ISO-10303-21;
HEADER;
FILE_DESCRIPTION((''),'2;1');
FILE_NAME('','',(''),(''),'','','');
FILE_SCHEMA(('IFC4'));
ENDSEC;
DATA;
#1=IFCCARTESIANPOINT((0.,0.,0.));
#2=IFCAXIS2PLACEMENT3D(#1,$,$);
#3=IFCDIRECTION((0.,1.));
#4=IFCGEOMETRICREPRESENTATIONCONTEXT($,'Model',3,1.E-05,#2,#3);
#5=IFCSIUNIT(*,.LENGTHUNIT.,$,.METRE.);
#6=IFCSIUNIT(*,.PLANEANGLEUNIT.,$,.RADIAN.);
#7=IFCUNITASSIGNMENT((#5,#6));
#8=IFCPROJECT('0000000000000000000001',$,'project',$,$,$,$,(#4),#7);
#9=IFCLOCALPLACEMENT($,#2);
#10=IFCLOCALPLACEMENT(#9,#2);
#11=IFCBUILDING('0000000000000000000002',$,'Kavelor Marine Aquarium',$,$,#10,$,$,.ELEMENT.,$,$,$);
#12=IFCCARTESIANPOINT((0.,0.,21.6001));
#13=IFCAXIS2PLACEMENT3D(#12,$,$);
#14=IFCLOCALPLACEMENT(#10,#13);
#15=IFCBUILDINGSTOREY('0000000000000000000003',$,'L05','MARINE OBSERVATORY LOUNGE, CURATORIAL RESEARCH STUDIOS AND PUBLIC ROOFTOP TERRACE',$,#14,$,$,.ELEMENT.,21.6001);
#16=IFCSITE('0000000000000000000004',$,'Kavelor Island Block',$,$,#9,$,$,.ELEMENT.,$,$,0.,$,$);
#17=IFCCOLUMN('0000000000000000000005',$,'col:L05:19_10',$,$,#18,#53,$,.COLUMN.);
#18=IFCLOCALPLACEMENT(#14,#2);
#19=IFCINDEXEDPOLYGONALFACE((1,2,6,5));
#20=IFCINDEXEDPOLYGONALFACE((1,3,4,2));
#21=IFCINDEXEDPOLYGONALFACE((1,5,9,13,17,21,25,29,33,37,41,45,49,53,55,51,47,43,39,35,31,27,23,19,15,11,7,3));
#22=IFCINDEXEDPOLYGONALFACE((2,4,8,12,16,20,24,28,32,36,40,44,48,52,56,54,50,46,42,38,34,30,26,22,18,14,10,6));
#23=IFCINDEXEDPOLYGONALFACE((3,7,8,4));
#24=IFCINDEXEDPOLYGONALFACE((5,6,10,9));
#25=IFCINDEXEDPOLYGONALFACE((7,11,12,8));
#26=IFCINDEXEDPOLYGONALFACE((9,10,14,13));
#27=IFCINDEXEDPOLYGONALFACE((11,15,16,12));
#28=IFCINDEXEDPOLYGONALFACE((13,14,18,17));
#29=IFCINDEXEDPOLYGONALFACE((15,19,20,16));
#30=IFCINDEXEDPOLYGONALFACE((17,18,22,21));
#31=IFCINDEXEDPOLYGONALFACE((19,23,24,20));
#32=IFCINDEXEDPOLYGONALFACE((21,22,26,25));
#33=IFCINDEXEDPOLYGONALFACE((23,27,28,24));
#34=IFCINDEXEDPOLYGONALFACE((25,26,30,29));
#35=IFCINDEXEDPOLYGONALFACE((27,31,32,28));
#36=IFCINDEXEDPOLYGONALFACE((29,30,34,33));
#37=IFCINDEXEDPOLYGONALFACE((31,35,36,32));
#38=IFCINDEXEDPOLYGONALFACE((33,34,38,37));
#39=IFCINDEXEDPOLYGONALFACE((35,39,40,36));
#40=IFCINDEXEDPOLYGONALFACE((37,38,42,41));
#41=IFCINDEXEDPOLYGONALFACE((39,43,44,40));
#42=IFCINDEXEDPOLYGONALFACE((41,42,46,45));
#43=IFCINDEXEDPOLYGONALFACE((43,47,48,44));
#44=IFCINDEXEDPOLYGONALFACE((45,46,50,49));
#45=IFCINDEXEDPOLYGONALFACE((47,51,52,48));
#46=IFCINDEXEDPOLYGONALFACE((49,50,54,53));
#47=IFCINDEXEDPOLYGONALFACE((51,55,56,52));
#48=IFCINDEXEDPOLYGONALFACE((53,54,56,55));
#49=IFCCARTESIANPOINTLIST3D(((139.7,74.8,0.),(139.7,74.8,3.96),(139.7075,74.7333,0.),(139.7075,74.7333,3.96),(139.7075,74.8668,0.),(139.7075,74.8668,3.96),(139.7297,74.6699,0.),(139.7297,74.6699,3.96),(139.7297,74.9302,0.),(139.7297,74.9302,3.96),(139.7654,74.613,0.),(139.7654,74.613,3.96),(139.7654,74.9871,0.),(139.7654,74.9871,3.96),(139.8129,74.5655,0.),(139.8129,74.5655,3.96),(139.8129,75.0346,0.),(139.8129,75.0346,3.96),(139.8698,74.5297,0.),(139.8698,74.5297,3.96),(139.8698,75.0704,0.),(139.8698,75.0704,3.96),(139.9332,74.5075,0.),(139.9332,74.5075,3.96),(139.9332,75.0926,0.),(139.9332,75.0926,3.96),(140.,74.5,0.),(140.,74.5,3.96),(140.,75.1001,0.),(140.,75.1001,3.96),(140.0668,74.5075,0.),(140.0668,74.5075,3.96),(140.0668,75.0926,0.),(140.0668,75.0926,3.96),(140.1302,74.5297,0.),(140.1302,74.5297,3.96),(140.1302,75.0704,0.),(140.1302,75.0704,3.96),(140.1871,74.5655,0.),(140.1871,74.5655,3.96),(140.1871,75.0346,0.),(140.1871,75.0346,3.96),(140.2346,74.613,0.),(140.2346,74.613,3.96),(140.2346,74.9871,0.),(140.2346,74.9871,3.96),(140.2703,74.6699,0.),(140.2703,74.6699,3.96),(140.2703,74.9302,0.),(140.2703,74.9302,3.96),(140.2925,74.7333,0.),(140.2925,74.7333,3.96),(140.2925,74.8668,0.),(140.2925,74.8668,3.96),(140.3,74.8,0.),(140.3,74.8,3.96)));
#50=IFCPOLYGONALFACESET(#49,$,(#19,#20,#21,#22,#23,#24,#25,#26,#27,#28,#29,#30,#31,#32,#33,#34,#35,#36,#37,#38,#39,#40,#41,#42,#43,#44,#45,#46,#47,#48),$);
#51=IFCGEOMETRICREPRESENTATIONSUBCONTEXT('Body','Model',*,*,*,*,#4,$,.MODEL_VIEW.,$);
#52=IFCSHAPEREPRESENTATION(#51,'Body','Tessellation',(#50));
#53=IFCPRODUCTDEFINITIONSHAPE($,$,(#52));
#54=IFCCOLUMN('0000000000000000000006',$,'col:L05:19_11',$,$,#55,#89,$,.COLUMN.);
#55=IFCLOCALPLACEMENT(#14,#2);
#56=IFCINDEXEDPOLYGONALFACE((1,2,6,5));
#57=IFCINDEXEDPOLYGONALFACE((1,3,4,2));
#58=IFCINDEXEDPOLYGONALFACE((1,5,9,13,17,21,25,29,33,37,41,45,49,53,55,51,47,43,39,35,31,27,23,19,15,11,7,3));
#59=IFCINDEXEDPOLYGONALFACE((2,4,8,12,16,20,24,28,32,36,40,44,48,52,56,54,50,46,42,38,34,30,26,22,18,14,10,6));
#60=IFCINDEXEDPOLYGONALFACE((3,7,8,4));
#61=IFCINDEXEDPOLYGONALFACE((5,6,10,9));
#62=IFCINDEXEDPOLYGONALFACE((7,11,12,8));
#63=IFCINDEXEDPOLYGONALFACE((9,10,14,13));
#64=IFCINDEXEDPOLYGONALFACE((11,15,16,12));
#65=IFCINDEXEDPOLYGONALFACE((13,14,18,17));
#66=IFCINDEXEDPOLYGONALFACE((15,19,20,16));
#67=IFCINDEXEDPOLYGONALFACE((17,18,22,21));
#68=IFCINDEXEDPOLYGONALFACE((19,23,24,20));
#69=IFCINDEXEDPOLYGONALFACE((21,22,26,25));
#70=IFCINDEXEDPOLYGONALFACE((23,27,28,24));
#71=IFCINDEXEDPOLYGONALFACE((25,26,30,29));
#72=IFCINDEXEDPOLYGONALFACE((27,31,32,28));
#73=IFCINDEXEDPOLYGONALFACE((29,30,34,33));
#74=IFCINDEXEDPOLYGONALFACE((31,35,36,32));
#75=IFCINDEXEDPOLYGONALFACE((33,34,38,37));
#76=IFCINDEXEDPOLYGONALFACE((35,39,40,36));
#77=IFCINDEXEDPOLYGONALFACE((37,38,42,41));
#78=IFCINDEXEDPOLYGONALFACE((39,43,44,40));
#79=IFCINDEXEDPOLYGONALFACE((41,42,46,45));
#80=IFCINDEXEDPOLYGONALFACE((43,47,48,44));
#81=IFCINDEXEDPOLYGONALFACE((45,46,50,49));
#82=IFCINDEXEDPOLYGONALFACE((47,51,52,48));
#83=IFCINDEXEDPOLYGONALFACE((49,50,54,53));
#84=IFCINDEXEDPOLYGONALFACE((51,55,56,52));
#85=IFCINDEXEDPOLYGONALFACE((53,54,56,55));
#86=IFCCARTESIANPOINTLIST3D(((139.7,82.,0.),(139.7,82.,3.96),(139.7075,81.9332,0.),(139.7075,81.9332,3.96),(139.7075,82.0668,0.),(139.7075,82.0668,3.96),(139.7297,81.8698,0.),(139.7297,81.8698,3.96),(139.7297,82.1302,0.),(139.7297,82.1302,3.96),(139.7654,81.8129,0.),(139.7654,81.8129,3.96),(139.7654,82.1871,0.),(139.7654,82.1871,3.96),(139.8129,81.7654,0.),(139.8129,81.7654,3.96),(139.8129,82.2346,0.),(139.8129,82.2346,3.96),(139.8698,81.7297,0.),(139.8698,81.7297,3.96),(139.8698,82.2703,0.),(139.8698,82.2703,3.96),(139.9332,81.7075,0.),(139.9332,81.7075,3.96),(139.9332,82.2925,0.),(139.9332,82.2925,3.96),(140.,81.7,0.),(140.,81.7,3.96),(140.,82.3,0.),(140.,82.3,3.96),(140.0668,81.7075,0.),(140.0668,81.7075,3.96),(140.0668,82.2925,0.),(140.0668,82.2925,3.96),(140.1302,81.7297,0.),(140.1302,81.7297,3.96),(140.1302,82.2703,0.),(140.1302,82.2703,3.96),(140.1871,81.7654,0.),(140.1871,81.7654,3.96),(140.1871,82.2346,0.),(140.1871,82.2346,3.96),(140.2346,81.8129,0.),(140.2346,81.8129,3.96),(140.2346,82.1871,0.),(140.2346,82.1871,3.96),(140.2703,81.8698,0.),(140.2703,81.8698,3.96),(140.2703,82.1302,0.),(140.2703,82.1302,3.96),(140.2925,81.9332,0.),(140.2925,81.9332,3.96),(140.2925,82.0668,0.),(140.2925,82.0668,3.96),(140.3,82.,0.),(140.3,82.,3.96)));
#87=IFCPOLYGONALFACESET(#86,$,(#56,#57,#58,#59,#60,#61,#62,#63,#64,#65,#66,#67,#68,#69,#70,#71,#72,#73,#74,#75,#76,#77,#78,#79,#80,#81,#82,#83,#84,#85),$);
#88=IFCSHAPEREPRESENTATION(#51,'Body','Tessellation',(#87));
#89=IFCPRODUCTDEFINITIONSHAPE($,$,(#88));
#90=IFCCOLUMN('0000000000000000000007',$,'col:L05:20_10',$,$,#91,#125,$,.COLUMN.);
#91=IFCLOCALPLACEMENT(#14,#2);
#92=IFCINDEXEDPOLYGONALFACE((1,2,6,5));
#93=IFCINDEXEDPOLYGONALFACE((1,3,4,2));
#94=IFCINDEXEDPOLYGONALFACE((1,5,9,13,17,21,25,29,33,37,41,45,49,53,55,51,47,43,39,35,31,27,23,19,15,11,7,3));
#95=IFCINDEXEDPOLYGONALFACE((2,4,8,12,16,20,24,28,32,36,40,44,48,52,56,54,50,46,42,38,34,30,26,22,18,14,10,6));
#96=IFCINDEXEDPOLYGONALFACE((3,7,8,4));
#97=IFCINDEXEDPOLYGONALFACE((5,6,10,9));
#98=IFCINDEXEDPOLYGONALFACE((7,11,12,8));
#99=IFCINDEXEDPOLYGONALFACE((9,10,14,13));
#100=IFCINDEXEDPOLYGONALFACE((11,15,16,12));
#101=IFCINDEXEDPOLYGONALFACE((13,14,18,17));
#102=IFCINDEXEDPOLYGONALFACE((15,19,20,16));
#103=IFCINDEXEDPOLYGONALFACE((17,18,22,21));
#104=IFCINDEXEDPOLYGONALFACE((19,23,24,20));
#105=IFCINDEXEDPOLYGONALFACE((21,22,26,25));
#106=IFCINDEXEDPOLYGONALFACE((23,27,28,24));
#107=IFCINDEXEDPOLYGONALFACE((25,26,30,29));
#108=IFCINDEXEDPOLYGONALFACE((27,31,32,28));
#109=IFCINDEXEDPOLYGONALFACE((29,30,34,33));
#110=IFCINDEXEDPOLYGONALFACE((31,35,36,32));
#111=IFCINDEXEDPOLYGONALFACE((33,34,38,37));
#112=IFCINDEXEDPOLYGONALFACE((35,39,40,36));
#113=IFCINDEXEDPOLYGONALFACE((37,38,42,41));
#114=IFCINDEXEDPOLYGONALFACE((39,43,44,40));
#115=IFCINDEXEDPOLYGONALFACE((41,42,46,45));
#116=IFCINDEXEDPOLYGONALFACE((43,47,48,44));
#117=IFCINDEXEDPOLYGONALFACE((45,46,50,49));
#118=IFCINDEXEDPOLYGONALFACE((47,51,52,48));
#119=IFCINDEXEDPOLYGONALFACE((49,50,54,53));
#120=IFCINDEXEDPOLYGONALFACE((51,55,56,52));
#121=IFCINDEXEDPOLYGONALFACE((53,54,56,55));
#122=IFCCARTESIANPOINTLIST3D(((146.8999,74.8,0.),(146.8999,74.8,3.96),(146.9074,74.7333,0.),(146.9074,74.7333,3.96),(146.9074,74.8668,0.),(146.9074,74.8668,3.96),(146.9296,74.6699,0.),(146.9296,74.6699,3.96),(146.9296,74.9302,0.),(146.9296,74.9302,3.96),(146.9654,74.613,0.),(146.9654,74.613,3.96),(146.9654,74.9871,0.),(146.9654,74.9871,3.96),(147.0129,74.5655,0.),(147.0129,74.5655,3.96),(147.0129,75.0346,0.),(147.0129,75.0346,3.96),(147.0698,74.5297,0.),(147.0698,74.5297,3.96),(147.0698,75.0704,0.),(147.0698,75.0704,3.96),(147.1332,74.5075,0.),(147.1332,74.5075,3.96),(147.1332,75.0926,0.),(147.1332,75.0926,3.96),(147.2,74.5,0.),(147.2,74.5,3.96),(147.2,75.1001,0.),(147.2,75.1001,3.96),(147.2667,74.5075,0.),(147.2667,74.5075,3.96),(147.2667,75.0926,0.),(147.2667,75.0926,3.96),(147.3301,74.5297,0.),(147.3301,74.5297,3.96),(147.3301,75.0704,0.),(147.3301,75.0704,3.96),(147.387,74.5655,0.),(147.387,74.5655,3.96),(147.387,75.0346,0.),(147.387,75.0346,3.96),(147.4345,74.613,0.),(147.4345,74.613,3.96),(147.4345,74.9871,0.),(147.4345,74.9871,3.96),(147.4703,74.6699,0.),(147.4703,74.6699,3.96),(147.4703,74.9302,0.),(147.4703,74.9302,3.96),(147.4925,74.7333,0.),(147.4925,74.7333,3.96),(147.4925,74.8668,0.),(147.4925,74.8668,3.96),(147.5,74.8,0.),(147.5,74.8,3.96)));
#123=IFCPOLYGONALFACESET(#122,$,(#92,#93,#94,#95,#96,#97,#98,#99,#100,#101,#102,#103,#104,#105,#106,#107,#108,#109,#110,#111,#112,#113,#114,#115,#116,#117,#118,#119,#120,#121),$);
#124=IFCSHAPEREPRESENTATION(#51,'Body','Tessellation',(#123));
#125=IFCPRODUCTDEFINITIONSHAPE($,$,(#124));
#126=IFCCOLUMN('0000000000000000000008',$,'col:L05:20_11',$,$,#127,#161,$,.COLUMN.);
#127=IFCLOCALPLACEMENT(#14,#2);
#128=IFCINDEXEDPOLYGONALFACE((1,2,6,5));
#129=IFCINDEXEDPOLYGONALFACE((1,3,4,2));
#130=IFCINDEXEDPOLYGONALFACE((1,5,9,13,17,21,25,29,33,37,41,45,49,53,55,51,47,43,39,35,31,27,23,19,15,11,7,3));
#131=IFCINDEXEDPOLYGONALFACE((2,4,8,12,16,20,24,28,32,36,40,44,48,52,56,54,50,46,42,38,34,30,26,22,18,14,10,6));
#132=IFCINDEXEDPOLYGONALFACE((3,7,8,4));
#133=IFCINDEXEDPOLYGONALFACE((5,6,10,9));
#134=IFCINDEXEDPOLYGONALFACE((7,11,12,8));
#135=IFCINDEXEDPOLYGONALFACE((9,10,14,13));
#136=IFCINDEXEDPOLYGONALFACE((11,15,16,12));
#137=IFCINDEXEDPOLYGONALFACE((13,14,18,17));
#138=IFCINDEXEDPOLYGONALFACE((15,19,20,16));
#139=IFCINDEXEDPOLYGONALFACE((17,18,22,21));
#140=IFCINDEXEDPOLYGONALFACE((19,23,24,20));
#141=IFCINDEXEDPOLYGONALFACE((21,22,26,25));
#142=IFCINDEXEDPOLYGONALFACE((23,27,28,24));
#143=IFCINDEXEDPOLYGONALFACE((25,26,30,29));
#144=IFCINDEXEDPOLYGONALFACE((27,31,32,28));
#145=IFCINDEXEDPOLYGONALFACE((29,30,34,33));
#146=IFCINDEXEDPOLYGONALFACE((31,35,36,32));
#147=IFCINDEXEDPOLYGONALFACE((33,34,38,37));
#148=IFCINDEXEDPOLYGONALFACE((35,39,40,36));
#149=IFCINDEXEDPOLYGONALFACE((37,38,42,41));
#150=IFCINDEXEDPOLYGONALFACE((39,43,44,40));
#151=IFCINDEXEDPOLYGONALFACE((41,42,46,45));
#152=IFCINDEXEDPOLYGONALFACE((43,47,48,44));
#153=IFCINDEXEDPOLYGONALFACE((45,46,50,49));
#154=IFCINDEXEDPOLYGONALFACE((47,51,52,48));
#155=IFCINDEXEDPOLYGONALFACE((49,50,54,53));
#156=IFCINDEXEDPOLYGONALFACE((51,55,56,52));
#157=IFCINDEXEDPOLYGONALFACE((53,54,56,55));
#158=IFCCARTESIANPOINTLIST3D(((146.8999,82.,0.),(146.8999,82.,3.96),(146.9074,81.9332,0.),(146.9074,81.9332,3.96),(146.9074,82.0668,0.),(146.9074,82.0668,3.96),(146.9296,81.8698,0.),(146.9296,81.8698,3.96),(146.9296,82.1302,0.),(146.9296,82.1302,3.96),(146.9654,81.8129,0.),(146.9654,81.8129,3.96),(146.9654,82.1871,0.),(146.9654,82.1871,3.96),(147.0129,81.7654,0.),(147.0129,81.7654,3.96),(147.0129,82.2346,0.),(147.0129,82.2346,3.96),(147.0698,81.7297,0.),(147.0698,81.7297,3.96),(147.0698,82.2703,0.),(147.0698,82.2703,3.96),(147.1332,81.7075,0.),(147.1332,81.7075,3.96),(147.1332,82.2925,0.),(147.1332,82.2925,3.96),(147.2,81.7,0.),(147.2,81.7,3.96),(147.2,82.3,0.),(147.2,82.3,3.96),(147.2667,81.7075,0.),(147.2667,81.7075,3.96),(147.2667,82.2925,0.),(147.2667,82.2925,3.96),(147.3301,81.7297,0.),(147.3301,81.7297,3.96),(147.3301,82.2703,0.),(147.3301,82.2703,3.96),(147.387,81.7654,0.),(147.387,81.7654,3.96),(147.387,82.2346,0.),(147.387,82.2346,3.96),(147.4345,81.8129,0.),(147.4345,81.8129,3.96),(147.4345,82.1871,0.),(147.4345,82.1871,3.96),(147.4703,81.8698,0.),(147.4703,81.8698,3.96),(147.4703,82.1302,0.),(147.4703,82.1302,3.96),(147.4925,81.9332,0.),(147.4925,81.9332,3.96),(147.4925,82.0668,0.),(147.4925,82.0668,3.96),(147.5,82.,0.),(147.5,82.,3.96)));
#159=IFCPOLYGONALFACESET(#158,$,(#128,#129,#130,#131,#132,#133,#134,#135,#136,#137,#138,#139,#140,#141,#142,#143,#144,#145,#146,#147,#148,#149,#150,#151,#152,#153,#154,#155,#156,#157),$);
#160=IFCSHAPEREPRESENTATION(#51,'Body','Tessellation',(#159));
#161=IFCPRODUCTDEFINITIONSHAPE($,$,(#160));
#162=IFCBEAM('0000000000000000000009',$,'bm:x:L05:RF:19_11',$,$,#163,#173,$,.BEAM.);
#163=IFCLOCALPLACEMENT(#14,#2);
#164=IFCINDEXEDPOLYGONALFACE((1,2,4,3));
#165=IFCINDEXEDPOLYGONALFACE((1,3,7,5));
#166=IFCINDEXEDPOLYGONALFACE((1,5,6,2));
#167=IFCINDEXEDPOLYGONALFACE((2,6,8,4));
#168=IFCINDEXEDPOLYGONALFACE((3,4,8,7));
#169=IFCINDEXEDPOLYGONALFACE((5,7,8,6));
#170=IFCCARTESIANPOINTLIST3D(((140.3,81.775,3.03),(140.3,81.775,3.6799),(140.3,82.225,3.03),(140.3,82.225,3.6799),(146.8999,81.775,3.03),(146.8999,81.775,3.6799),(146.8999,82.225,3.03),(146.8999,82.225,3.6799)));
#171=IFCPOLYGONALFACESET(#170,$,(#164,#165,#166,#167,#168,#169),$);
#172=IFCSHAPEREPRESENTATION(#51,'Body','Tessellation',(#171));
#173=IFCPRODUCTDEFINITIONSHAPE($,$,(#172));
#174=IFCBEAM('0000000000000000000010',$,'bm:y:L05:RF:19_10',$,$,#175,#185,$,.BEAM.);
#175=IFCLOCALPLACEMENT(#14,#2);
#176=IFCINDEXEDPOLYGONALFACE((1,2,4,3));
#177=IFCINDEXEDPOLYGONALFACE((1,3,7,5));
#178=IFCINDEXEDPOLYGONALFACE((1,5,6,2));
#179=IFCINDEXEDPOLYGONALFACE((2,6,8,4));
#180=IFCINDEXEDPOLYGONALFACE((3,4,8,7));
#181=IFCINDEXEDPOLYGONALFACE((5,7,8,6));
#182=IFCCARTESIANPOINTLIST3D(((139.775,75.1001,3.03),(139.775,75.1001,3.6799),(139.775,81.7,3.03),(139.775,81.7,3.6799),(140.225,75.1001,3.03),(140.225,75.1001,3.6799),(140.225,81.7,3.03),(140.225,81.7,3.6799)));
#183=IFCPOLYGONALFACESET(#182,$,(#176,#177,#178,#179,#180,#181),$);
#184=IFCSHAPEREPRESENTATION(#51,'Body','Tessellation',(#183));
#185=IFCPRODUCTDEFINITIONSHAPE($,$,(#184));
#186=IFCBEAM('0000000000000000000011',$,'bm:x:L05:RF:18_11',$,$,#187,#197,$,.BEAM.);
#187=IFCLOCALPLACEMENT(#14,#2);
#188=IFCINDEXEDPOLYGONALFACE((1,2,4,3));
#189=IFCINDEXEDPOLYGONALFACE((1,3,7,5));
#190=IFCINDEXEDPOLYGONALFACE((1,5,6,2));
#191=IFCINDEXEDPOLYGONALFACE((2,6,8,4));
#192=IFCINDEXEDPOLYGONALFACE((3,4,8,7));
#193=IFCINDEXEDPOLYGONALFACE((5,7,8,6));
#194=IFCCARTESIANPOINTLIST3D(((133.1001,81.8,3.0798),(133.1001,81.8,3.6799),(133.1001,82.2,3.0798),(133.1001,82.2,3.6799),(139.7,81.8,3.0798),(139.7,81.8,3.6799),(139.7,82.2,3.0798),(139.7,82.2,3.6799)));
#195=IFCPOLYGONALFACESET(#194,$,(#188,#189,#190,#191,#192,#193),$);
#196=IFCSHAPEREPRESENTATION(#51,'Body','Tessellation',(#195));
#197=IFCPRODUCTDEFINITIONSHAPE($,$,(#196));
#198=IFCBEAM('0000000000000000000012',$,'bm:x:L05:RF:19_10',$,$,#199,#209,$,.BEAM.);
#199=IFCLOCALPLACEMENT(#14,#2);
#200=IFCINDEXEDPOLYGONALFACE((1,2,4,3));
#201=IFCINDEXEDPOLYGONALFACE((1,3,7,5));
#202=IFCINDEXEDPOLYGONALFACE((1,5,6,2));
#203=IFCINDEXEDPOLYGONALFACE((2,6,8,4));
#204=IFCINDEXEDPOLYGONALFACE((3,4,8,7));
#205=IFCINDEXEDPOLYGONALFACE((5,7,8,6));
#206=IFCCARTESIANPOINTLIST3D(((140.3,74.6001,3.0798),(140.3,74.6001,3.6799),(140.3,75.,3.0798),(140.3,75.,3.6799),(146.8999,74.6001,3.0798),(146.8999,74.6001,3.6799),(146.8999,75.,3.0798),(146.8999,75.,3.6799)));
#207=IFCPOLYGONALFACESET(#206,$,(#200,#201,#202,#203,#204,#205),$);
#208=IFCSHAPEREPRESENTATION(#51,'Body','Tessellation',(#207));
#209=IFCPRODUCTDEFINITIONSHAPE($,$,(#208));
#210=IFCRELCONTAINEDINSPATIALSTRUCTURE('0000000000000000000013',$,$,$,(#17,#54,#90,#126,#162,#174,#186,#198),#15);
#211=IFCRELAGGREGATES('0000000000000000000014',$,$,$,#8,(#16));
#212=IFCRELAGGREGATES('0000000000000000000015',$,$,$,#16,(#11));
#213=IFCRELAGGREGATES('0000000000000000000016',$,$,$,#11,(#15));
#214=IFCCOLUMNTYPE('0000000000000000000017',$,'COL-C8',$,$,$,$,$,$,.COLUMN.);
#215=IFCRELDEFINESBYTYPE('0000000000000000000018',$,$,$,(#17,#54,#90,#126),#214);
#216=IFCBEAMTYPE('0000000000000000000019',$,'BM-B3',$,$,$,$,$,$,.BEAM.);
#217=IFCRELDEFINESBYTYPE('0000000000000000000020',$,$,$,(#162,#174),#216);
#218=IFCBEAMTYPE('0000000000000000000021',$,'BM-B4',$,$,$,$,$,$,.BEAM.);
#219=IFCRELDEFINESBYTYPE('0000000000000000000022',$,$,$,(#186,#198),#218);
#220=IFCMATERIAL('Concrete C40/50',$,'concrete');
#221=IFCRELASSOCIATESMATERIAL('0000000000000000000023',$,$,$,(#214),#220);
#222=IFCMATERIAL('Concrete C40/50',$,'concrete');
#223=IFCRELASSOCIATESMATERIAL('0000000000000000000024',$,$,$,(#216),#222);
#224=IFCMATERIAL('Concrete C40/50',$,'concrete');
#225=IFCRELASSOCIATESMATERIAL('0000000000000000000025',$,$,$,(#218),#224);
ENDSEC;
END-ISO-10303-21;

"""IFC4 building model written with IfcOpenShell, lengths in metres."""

from ifc_helpers import new_model, si_unit, direction, frame, origin, origin_2d, place, context, subcontext, project, spatial, rectangle, circle, extrude, material, material_profile, profile_set, type_object, element, save


model = new_model("IFC4")

# Units and contexts
model_context = context("Model", 3, precision=1e-05, world=origin(), true_north=direction((0.0, 1.0)))
body_context = subcontext(model_context, "Body", "Model", "MODEL_VIEW")
ifc_project = project(units=[si_unit("LENGTHUNIT", "METRE"), si_unit("PLANEANGLEUNIT", "RADIAN")], contexts=[model_context])

# Site, building, storey
site_placement = place(None, origin())
site = spatial("IfcSite", under=ifc_project, at=site_placement, Name="Kavelor Island Block", CompositionType="ELEMENT", RefElevation=0.0)
building_placement = place(site_placement, origin())
building = spatial("IfcBuilding", under=site, at=building_placement, Name="Kavelor Marine Aquarium", CompositionType="ELEMENT")
storey_placement = place(building_placement, frame((0.0, 0.0, 21.6001)))
storey = spatial("IfcBuildingStorey", under=building, at=storey_placement, Name="L05", Description="MARINE OBSERVATORY LOUNGE, CURATORIAL RESEARCH STUDIOS AND PUBLIC ROOFTOP TERRACE", CompositionType="ELEMENT", Elevation=21.6001)

# Columns
ifc_material_1 = material(Name="Concrete C40/50", Category="concrete")
ifc_material_profile_1 = material_profile(ifc_material_1, circle(Radius=0.3, at=origin_2d()), Name="RC-COL D600")
ifc_profile_set_1 = profile_set([ifc_material_profile_1], Name="Concrete C40/50")
column_type = type_object("IfcColumnType", Name="COL-C8", PredefinedType="COLUMN", material=ifc_profile_set_1)
for number, where, z_axis, x_axis, name in (
    (1, (140.0, 74.8, 0.0), (0.0, 0.0, 1.0), (1.0, 0.0, 0.0), "col:L05:19_10"),
    (2, (140.0, 82.0, 0.0), (0.0, 0.0, 1.0), (1.0, 0.0, 0.0), "col:L05:19_11"),
    (3, (147.2, 74.8, 0.0), (0.0, 0.0, 1.0), (1.0, 0.0, 0.0), "col:L05:20_10"),
    (4, (147.2, 82.0, 0.0), (0.0, 0.0, 1.0), (1.0, 0.0, 0.0), "col:L05:20_11"),
):
    element("IfcColumn", number, at=place(storey_placement, frame(where, z_axis=z_axis, x_axis=x_axis)), inside=storey, type_object=column_type, Name=name, PredefinedType="COLUMN", context=body_context, shape_type="SweptSolid", body=[
        extrude(circle(Radius=0.3, at=origin_2d()), origin(), (0.0, 0.0, 1.0), 3.96),
    ])

# Beams
ifc_material_2 = material(Name="Concrete C40/50", Category="concrete")
ifc_material_profile_2 = material_profile(ifc_material_2, rectangle(XDim=0.45, YDim=0.6499, at=origin_2d()), Name="RC-BM 450x650")
ifc_profile_set_2 = profile_set([ifc_material_profile_2], Name="Concrete C40/50")
beam_type_1 = type_object("IfcBeamType", Name="BM-B3", PredefinedType="BEAM", material=ifc_profile_set_2)
for number, where, z_axis, x_axis, name in (
    (5, (140.3, 82.0, 3.355), (1.0, 0.0, 0.0), (0.0, 1.0, 0.0), "bm:x:L05:RF:19_11"),
    (6, (140.0, 75.1001, 3.355), (0.0, 1.0, 0.0), (-1.0, 0.0, 0.0), "bm:y:L05:RF:19_10"),
):
    element("IfcBeam", number, at=place(storey_placement, frame(where, z_axis=z_axis, x_axis=x_axis)), inside=storey, type_object=beam_type_1, Name=name, PredefinedType="BEAM", context=body_context, shape_type="SweptSolid", body=[
        extrude(rectangle(XDim=0.45, YDim=0.6499, at=origin_2d()), origin(), (0.0, 0.0, 1.0), 6.5999),
    ])
ifc_material_3 = material(Name="Concrete C40/50", Category="concrete")
ifc_material_profile_3 = material_profile(ifc_material_3, rectangle(XDim=0.3999, YDim=0.6001, at=origin_2d()), Name="RC-BM 400x600")
ifc_profile_set_3 = profile_set([ifc_material_profile_3], Name="Concrete C40/50")
beam_type_2 = type_object("IfcBeamType", Name="BM-B4", PredefinedType="BEAM", material=ifc_profile_set_3)
for number, where, z_axis, x_axis, name in (
    (7, (133.1001, 82.0, 3.3799), (1.0, 0.0, 0.0), (0.0, 1.0, 0.0), "bm:x:L05:RF:18_11"),
    (8, (140.3, 74.8, 3.3799), (1.0, 0.0, 0.0), (0.0, 1.0, 0.0), "bm:x:L05:RF:19_10"),
):
    element("IfcBeam", number, at=place(storey_placement, frame(where, z_axis=z_axis, x_axis=x_axis)), inside=storey, type_object=beam_type_2, Name=name, PredefinedType="BEAM", context=body_context, shape_type="SweptSolid", body=[
        extrude(rectangle(XDim=0.3999, YDim=0.6001, at=origin_2d()), origin(), (0.0, 0.0, 1.0), 6.5999),
    ])

save(model, "model.ifc")
